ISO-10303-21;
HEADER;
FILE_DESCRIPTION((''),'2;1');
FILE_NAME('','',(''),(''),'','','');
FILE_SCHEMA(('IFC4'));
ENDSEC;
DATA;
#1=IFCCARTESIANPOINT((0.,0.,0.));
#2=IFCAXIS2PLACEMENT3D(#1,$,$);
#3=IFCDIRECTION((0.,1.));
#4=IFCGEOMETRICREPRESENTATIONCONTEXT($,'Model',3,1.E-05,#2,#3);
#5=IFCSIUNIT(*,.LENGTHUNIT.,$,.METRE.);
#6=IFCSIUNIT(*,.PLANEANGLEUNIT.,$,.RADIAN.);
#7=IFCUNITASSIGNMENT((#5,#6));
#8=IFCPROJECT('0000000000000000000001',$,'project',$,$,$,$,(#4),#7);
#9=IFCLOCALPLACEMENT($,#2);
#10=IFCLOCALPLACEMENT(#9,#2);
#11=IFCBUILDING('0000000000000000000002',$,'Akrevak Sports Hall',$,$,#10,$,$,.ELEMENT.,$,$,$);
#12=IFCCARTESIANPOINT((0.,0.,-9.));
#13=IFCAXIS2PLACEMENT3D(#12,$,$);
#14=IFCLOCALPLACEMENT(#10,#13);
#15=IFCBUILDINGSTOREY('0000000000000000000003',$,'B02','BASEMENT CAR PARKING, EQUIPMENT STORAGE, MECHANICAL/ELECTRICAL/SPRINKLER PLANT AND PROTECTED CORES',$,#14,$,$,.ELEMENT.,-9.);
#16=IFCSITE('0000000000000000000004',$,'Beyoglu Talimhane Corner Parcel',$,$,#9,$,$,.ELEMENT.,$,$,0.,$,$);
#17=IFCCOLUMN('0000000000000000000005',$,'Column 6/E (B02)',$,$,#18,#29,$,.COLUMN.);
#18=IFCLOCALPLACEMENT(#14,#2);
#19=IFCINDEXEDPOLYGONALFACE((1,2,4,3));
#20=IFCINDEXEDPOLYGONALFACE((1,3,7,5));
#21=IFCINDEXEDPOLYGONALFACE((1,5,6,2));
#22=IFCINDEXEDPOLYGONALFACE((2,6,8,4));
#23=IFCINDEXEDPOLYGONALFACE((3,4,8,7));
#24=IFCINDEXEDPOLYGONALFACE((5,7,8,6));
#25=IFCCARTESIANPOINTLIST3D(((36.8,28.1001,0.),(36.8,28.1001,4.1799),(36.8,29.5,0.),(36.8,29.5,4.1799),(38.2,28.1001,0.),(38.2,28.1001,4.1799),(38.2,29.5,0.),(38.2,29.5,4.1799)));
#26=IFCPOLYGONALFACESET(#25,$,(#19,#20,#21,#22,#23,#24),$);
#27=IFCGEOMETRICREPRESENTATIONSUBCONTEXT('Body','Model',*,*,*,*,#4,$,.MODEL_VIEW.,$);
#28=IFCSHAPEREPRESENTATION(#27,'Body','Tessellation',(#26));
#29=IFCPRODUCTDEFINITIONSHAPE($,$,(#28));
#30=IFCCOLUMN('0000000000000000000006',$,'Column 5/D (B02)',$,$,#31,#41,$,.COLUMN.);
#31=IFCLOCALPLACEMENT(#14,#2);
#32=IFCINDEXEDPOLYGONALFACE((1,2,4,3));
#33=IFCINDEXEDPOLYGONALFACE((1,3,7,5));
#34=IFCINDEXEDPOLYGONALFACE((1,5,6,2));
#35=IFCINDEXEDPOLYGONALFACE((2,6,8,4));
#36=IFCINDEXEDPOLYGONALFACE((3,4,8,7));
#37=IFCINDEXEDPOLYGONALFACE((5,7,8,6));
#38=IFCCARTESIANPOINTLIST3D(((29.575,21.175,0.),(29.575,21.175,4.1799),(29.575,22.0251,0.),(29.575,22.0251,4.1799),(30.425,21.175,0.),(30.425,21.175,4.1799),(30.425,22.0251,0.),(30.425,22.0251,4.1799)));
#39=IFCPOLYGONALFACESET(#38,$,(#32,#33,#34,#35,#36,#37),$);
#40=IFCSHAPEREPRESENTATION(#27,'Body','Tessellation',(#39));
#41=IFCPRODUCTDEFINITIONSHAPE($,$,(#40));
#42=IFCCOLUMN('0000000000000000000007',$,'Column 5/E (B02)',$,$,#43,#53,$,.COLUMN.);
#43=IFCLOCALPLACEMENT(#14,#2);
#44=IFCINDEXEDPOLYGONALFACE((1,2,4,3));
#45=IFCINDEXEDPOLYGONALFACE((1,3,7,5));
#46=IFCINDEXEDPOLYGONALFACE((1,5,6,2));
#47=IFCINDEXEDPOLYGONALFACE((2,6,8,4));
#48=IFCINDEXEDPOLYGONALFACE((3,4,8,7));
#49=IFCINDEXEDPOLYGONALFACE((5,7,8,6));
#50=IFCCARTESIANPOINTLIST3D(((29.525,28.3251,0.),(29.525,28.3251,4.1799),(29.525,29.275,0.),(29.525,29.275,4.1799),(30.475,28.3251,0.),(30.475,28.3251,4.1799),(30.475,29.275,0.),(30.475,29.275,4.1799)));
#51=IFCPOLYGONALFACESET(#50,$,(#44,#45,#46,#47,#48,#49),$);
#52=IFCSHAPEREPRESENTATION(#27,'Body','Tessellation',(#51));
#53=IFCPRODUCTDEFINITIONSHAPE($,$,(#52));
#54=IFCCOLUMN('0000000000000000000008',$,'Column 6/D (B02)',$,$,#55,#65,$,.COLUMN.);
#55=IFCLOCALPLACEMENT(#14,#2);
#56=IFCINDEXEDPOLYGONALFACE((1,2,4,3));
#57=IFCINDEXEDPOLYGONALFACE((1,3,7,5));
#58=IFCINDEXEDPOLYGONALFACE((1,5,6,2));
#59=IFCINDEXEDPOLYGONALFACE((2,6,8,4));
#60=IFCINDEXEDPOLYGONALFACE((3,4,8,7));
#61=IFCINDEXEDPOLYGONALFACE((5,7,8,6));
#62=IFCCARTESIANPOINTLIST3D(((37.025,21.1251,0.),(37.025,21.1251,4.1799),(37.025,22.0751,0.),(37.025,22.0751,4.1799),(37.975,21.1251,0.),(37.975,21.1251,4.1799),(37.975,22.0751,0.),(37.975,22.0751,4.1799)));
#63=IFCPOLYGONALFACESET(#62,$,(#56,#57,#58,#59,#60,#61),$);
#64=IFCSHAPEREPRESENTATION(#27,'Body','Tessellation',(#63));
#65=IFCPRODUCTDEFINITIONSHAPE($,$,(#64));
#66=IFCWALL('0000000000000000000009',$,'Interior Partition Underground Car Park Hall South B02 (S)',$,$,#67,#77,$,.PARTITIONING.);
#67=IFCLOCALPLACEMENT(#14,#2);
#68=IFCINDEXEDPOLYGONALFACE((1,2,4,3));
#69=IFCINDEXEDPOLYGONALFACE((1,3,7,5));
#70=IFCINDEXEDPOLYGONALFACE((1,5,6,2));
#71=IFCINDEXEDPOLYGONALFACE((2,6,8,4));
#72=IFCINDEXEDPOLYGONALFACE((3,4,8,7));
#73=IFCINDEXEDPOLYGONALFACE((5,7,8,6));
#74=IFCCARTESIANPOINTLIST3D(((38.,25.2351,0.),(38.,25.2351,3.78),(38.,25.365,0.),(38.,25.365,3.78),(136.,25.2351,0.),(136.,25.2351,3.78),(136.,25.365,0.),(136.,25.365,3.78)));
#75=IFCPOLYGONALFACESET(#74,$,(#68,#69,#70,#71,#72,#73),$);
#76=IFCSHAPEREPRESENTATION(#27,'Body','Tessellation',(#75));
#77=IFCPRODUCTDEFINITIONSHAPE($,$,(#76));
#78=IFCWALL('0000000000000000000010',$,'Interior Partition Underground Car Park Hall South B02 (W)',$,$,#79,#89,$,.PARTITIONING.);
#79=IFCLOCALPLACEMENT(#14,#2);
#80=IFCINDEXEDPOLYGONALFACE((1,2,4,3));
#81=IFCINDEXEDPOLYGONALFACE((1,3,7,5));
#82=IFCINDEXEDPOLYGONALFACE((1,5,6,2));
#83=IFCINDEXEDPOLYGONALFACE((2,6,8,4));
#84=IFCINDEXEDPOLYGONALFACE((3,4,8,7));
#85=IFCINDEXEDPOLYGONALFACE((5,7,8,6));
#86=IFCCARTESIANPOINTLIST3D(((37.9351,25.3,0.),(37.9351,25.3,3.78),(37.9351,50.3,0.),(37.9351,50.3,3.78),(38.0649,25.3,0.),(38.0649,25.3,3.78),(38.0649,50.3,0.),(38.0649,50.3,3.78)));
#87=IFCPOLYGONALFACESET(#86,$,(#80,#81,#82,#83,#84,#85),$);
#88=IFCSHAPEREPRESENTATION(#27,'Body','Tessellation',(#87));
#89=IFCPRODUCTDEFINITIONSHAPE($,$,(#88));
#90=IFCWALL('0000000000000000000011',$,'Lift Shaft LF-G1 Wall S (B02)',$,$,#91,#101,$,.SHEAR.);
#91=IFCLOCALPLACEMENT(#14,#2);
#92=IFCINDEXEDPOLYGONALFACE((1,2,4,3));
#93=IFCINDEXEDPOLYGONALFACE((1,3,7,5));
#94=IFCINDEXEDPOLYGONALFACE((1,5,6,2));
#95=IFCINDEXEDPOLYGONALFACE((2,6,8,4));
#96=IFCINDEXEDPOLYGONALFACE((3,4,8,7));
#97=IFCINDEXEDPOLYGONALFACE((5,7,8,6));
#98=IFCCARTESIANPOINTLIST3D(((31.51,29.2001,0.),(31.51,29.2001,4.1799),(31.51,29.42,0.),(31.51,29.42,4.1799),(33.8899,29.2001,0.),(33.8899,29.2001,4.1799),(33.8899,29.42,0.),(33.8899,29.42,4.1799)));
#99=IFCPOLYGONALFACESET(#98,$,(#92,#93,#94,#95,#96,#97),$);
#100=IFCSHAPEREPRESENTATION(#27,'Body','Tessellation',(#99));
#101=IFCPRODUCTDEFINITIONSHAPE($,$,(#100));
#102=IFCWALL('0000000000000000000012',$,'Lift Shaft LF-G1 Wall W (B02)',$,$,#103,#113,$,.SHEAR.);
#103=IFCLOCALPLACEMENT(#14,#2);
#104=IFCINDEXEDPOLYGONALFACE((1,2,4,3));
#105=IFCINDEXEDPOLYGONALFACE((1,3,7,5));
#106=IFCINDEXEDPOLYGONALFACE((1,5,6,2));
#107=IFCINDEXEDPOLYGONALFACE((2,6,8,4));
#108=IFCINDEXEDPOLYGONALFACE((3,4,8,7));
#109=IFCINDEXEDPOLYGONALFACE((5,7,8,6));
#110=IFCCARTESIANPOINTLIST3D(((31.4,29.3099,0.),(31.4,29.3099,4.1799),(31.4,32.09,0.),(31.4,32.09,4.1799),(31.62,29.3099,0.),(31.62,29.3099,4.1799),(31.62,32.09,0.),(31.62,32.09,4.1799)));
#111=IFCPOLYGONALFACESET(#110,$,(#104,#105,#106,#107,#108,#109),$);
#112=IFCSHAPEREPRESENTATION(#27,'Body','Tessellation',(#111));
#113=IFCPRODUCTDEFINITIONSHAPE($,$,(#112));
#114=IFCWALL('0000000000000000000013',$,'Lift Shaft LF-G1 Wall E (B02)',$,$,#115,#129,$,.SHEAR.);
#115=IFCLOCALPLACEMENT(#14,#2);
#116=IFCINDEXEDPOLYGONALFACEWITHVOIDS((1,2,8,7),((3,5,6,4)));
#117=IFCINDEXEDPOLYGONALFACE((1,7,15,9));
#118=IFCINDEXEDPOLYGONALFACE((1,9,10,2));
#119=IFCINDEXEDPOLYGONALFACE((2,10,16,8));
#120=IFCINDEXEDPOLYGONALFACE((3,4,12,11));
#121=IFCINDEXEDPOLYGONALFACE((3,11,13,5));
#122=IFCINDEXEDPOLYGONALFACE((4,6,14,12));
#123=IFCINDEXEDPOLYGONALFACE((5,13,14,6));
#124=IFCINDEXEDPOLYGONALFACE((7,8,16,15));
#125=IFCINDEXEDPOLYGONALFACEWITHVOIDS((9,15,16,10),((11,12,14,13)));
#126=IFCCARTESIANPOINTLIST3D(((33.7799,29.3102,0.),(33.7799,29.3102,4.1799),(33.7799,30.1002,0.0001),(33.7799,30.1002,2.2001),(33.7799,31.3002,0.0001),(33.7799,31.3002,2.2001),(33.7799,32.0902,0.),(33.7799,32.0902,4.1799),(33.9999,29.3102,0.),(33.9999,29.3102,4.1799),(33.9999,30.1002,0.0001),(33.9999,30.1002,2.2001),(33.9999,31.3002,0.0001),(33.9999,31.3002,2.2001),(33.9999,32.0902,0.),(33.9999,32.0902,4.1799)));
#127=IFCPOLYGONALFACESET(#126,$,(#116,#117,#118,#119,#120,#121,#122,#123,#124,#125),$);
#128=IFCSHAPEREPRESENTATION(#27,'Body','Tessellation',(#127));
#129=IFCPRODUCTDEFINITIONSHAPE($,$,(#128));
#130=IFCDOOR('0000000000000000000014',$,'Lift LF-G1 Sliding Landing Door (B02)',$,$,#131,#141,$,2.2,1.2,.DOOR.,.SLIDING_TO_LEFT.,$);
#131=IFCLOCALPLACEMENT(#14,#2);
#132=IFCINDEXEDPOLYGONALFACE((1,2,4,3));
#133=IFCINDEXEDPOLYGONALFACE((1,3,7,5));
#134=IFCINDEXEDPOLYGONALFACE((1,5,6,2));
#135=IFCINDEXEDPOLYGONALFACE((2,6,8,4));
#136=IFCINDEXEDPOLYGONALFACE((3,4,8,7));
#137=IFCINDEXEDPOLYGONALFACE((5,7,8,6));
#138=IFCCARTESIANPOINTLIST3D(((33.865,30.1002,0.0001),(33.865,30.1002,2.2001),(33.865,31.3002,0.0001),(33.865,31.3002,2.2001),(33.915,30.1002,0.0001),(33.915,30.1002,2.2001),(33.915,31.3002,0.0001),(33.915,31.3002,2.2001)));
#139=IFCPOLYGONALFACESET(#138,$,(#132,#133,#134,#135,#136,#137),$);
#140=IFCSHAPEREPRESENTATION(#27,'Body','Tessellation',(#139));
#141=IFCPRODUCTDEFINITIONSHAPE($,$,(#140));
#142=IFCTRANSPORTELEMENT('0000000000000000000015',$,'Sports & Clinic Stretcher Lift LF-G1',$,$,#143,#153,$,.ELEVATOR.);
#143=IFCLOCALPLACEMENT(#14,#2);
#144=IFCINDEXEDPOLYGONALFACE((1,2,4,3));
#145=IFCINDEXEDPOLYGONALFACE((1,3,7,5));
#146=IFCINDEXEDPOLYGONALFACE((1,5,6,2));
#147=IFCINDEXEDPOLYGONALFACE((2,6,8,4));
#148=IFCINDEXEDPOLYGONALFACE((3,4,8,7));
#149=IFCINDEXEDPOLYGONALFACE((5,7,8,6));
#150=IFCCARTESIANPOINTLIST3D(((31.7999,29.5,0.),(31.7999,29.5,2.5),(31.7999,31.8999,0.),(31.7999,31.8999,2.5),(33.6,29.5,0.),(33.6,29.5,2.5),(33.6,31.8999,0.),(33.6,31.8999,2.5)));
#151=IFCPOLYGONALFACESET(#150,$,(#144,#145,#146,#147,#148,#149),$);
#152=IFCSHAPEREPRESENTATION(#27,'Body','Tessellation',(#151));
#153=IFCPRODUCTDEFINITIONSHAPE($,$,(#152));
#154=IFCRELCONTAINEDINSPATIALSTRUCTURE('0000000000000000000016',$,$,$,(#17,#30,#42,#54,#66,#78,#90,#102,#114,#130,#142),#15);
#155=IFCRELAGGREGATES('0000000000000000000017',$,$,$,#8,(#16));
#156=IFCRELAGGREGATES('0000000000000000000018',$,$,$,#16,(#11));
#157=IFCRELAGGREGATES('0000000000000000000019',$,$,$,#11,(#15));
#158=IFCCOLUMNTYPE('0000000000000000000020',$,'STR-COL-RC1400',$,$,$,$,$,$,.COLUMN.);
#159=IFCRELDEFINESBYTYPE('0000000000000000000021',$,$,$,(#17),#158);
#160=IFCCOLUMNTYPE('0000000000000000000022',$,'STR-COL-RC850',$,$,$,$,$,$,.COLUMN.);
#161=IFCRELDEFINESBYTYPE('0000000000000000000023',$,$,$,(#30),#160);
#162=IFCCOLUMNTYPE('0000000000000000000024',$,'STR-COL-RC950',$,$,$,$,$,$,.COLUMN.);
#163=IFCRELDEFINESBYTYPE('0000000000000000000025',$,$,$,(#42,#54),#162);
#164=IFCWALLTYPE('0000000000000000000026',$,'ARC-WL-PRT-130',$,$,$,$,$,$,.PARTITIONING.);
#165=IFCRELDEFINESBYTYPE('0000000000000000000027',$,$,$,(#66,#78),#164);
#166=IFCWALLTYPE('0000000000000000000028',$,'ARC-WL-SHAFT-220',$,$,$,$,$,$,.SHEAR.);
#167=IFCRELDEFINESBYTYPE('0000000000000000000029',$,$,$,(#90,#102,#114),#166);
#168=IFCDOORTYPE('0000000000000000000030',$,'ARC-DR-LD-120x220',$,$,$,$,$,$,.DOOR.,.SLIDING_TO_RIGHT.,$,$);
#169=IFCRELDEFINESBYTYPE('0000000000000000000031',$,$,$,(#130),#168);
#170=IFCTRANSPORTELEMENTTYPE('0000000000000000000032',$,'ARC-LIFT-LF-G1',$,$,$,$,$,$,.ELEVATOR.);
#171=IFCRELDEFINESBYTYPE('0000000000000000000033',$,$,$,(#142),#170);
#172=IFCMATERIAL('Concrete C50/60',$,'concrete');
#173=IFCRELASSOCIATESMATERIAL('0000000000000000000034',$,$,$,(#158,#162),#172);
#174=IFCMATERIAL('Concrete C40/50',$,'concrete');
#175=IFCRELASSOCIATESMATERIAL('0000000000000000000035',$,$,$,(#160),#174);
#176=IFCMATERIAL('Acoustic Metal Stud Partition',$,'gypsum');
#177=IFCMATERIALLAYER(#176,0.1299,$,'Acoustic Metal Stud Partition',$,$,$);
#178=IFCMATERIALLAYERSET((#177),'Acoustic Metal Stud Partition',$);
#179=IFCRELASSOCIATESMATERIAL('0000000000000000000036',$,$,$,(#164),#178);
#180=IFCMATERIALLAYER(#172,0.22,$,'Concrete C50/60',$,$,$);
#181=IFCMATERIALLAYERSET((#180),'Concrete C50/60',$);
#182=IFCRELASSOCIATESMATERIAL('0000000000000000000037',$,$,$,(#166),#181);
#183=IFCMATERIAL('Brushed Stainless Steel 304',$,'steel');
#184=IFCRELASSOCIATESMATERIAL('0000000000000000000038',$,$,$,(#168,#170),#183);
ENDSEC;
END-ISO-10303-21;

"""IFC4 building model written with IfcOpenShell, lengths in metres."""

from ifc_helpers import new_model, si_unit, direction, frame, frame_2d, origin, origin_2d, place, context, subcontext, project, spatial, rectangle, extrude, material, layer, layer_set, material_profile, profile_set, type_object, element, fill, save


model = new_model("IFC4")

# Units and contexts
model_context = context("Model", 3, precision=1e-05, world=origin(), true_north=direction((0.0, 1.0)))
body_context = subcontext(model_context, "Body", "Model", "MODEL_VIEW")
ifc_project = project(units=[si_unit("LENGTHUNIT", "METRE"), si_unit("PLANEANGLEUNIT", "RADIAN")], contexts=[model_context])

# Site, building, storey
site_placement = place(None, origin())
site = spatial("IfcSite", under=ifc_project, at=site_placement, Name="Beyoglu Talimhane Corner Parcel", CompositionType="ELEMENT", RefElevation=0.0)
building_placement = place(site_placement, origin())
building = spatial("IfcBuilding", under=site, at=building_placement, Name="Akrevak Sports Hall", CompositionType="ELEMENT")
storey_placement = place(building_placement, frame((0.0, 0.0, -9.0)))
storey = spatial("IfcBuildingStorey", under=building, at=storey_placement, Name="B02", Description="BASEMENT CAR PARKING, EQUIPMENT STORAGE, MECHANICAL/ELECTRICAL/SPRINKLER PLANT AND PROTECTED CORES", CompositionType="ELEMENT", Elevation=-9.0)

# Shared definitions
ifc_material_1 = material(Name="Concrete C40/50", Category="concrete")

# Columns
ifc_material_2 = material(Name="Concrete C50/60", Category="concrete")
ifc_material_profile_1 = material_profile(ifc_material_2, rectangle(XDim=1.3999, YDim=1.3999, at=origin_2d()), Name="RC 1400x1400", Category="concrete")
ifc_profile_set_1 = profile_set([ifc_material_profile_1], Name="Concrete C50/60")
column_type_1 = type_object("IfcColumnType", Name="STR-COL-RC1400", PredefinedType="COLUMN", material=ifc_profile_set_1)
column_1_placement = place(storey_placement, frame((37.5, 28.8, 0.0), z_axis=(0.0, 0.0, 1.0), x_axis=(1.0, 0.0, 0.0)))
element("IfcColumn", 1, at=column_1_placement, inside=storey, type_object=column_type_1, Name="Column 6/E (B02)", PredefinedType="COLUMN", context=body_context, shape_type="SweptSolid", body=[
    extrude(rectangle(XDim=1.3999, YDim=1.3999, at=origin_2d()), origin(), (0.0, 0.0, 1.0), 4.1799),
])
ifc_material_profile_2 = material_profile(ifc_material_1, rectangle(XDim=0.8501, YDim=0.8501, at=origin_2d()), Name="RC 850x850", Category="concrete")
ifc_profile_set_2 = profile_set([ifc_material_profile_2], Name="Concrete C40/50")
column_type_2 = type_object("IfcColumnType", Name="STR-COL-RC850", PredefinedType="COLUMN", material=ifc_profile_set_2)
column_2_placement = place(storey_placement, frame((30.0, 21.6001, 0.0), z_axis=(0.0, 0.0, 1.0), x_axis=(1.0, 0.0, 0.0)))
element("IfcColumn", 2, at=column_2_placement, inside=storey, type_object=column_type_2, Name="Column 5/D (B02)", PredefinedType="COLUMN", context=body_context, shape_type="SweptSolid", body=[
    extrude(rectangle(XDim=0.8501, YDim=0.8501, at=origin_2d()), origin(), (0.0, 0.0, 1.0), 4.1799),
])
ifc_material_profile_3 = material_profile(ifc_material_2, rectangle(XDim=0.95, YDim=0.95, at=origin_2d()), Name="RC 950x950", Category="concrete")
ifc_profile_set_3 = profile_set([ifc_material_profile_3], Name="Concrete C50/60")
column_type_3 = type_object("IfcColumnType", Name="STR-COL-RC950", PredefinedType="COLUMN", material=ifc_profile_set_3)
for number, where, z_axis, x_axis, name in (
    (3, (30.0, 28.8, 0.0), (0.0, 0.0, 1.0), (1.0, 0.0, 0.0), "Column 5/E (B02)"),
    (4, (37.5, 21.6001, 0.0), (0.0, 0.0, 1.0), (1.0, 0.0, 0.0), "Column 6/D (B02)"),
):
    element("IfcColumn", number, at=place(storey_placement, frame(where, z_axis=z_axis, x_axis=x_axis)), inside=storey, type_object=column_type_3, Name=name, PredefinedType="COLUMN", context=body_context, shape_type="SweptSolid", body=[
        extrude(rectangle(XDim=0.95, YDim=0.95, at=origin_2d()), origin(), (0.0, 0.0, 1.0), 4.1799),
    ])

# Walls
ifc_material_3 = material(Name="Acoustic Metal Stud Partition", Category="gypsum")
ifc_layer_1 = layer(ifc_material_3, 0.1299, Name="Acoustic Metal Stud Partition")
ifc_layer_set_1 = layer_set([ifc_layer_1], Name="Acoustic Metal Stud Partition")
wall_type_1 = type_object("IfcWallType", Name="ARC-WL-PRT-130", PredefinedType="PARTITIONING", material=ifc_layer_set_1)
wall_1_placement = place(storey_placement, frame((38.0, 25.3, 0.0), z_axis=(0.0, 0.0, 1.0), x_axis=(1.0, 0.0, 0.0)))
element("IfcWall", 5, at=wall_1_placement, inside=storey, type_object=wall_type_1, Name="Interior Partition Underground Car Park Hall South B02 (S)", PredefinedType="PARTITIONING", context=body_context, shape_type="SweptSolid", body=[
    extrude(rectangle(XDim=98.0, YDim=0.1299, at=frame_2d((49.0, 0.0))), origin(), (0.0, 0.0, 1.0), 3.78),
])
wall_2_placement = place(storey_placement, frame((38.0, 25.3, 0.0), z_axis=(0.0, 0.0, 1.0), x_axis=(0.0, 1.0, 0.0)))
element("IfcWall", 6, at=wall_2_placement, inside=storey, type_object=wall_type_1, Name="Interior Partition Underground Car Park Hall South B02 (W)", PredefinedType="PARTITIONING", context=body_context, shape_type="SweptSolid", body=[
    extrude(rectangle(XDim=25.0, YDim=0.1299, at=frame_2d((12.5, 0.0))), origin(), (0.0, 0.0, 1.0), 3.78),
])
ifc_layer_2 = layer(ifc_material_2, 0.22, Name="Concrete C50/60")
ifc_layer_set_2 = layer_set([ifc_layer_2], Name="Concrete C50/60")
wall_type_2 = type_object("IfcWallType", Name="ARC-WL-SHAFT-220", PredefinedType="SHEAR", material=ifc_layer_set_2)
wall_3_placement = place(storey_placement, frame((31.51, 29.3101, 0.0), z_axis=(0.0, 0.0, 1.0), x_axis=(1.0, 0.0, 0.0)))
element("IfcWall", 7, at=wall_3_placement, inside=storey, type_object=wall_type_2, Name="Lift Shaft LF-G1 Wall S (B02)", PredefinedType="SHEAR", context=body_context, shape_type="SweptSolid", body=[
    extrude(rectangle(XDim=2.3799, YDim=0.22, at=frame_2d((1.1899, 0.0))), origin(), (0.0, 0.0, 1.0), 4.1799),
])
wall_4_placement = place(storey_placement, frame((31.51, 32.0901, 0.0), z_axis=(0.0, 0.0, 1.0), x_axis=(0.0, -1.0, 0.0)))
element("IfcWall", 8, at=wall_4_placement, inside=storey, type_object=wall_type_2, Name="Lift Shaft LF-G1 Wall W (B02)", PredefinedType="SHEAR", context=body_context, shape_type="SweptSolid", body=[
    extrude(rectangle(XDim=2.78, YDim=0.22, at=frame_2d((1.3901, 0.0))), origin(), (0.0, 0.0, 1.0), 4.1799),
])

# Wall, opening, door
wall_5_placement = place(storey_placement, frame((33.8899, 29.3101, 0.0), z_axis=(0.0, 0.0, 1.0), x_axis=(0.0, 1.0, 0.0)))
wall_5 = element("IfcWall", 9, at=wall_5_placement, inside=storey, type_object=wall_type_2, Name="Lift Shaft LF-G1 Wall E (B02)", PredefinedType="SHEAR", context=body_context, shape_type="SweptSolid", body=[
    extrude(rectangle(XDim=2.78, YDim=0.22, at=frame_2d((1.3901, 0.0))), origin(), (0.0, 0.0, 1.0), 4.1799),
])
opening_placement = place(wall_5_placement, frame((0.79, 0.0, 0.0)))
opening = element("IfcOpeningElement", 10, at=opening_placement, cuts=wall_5, PredefinedType="OPENING", context=body_context, shape_type="SweptSolid", body=[
    extrude(rectangle(XDim=1.2, YDim=2.2, at=frame_2d((0.6001, 1.1001))), frame((0.0, 0.1221, 0.0), z_axis=(0.0, -1.0, 0.0), x_axis=(1.0, 0.0, 0.0)), (0.0, 0.0, 1.0), 0.2439),
])
ifc_material_4 = material(Name="Brushed Stainless Steel 304", Category="steel")
door_type = type_object("IfcDoorType", Name="ARC-DR-LD-120x220", OperationType="SLIDING_TO_RIGHT", PredefinedType="DOOR", material=ifc_material_4)
door_placement = place(opening_placement, origin())
door = element("IfcDoor", 11, at=door_placement, inside=storey, type_object=door_type, Name="Lift LF-G1 Sliding Landing Door (B02)", OperationType="SLIDING_TO_LEFT", OverallHeight=2.2, OverallWidth=1.2, PredefinedType="DOOR", context=body_context, shape_type="SweptSolid", body=[
    extrude(rectangle(XDim=1.2, YDim=2.2, at=frame_2d((0.6001, 1.1001))), frame((0.0, 0.0249, 0.0), z_axis=(0.0, -1.0, 0.0), x_axis=(1.0, 0.0, 0.0)), (0.0, 0.0, 1.0), 0.05),
])
fill(opening, door)

# Transport element
transport_element_type = type_object("IfcTransportElementType", Name="ARC-LIFT-LF-G1", PredefinedType="ELEVATOR", material=ifc_material_4)
transport_element_placement = place(storey_placement, frame((32.7, 30.7, 0.0), z_axis=(0.0, 0.0, 1.0), x_axis=(1.0, 0.0, 0.0)))
element("IfcTransportElement", 12, at=transport_element_placement, inside=storey, type_object=transport_element_type, Name="Sports & Clinic Stretcher Lift LF-G1", PredefinedType="ELEVATOR", context=body_context, shape_type="SweptSolid", body=[
    extrude(rectangle(XDim=1.8, YDim=2.3999, at=origin_2d()), origin(), (0.0, 0.0, 1.0), 2.5),
])

save(model, "model.ifc")
